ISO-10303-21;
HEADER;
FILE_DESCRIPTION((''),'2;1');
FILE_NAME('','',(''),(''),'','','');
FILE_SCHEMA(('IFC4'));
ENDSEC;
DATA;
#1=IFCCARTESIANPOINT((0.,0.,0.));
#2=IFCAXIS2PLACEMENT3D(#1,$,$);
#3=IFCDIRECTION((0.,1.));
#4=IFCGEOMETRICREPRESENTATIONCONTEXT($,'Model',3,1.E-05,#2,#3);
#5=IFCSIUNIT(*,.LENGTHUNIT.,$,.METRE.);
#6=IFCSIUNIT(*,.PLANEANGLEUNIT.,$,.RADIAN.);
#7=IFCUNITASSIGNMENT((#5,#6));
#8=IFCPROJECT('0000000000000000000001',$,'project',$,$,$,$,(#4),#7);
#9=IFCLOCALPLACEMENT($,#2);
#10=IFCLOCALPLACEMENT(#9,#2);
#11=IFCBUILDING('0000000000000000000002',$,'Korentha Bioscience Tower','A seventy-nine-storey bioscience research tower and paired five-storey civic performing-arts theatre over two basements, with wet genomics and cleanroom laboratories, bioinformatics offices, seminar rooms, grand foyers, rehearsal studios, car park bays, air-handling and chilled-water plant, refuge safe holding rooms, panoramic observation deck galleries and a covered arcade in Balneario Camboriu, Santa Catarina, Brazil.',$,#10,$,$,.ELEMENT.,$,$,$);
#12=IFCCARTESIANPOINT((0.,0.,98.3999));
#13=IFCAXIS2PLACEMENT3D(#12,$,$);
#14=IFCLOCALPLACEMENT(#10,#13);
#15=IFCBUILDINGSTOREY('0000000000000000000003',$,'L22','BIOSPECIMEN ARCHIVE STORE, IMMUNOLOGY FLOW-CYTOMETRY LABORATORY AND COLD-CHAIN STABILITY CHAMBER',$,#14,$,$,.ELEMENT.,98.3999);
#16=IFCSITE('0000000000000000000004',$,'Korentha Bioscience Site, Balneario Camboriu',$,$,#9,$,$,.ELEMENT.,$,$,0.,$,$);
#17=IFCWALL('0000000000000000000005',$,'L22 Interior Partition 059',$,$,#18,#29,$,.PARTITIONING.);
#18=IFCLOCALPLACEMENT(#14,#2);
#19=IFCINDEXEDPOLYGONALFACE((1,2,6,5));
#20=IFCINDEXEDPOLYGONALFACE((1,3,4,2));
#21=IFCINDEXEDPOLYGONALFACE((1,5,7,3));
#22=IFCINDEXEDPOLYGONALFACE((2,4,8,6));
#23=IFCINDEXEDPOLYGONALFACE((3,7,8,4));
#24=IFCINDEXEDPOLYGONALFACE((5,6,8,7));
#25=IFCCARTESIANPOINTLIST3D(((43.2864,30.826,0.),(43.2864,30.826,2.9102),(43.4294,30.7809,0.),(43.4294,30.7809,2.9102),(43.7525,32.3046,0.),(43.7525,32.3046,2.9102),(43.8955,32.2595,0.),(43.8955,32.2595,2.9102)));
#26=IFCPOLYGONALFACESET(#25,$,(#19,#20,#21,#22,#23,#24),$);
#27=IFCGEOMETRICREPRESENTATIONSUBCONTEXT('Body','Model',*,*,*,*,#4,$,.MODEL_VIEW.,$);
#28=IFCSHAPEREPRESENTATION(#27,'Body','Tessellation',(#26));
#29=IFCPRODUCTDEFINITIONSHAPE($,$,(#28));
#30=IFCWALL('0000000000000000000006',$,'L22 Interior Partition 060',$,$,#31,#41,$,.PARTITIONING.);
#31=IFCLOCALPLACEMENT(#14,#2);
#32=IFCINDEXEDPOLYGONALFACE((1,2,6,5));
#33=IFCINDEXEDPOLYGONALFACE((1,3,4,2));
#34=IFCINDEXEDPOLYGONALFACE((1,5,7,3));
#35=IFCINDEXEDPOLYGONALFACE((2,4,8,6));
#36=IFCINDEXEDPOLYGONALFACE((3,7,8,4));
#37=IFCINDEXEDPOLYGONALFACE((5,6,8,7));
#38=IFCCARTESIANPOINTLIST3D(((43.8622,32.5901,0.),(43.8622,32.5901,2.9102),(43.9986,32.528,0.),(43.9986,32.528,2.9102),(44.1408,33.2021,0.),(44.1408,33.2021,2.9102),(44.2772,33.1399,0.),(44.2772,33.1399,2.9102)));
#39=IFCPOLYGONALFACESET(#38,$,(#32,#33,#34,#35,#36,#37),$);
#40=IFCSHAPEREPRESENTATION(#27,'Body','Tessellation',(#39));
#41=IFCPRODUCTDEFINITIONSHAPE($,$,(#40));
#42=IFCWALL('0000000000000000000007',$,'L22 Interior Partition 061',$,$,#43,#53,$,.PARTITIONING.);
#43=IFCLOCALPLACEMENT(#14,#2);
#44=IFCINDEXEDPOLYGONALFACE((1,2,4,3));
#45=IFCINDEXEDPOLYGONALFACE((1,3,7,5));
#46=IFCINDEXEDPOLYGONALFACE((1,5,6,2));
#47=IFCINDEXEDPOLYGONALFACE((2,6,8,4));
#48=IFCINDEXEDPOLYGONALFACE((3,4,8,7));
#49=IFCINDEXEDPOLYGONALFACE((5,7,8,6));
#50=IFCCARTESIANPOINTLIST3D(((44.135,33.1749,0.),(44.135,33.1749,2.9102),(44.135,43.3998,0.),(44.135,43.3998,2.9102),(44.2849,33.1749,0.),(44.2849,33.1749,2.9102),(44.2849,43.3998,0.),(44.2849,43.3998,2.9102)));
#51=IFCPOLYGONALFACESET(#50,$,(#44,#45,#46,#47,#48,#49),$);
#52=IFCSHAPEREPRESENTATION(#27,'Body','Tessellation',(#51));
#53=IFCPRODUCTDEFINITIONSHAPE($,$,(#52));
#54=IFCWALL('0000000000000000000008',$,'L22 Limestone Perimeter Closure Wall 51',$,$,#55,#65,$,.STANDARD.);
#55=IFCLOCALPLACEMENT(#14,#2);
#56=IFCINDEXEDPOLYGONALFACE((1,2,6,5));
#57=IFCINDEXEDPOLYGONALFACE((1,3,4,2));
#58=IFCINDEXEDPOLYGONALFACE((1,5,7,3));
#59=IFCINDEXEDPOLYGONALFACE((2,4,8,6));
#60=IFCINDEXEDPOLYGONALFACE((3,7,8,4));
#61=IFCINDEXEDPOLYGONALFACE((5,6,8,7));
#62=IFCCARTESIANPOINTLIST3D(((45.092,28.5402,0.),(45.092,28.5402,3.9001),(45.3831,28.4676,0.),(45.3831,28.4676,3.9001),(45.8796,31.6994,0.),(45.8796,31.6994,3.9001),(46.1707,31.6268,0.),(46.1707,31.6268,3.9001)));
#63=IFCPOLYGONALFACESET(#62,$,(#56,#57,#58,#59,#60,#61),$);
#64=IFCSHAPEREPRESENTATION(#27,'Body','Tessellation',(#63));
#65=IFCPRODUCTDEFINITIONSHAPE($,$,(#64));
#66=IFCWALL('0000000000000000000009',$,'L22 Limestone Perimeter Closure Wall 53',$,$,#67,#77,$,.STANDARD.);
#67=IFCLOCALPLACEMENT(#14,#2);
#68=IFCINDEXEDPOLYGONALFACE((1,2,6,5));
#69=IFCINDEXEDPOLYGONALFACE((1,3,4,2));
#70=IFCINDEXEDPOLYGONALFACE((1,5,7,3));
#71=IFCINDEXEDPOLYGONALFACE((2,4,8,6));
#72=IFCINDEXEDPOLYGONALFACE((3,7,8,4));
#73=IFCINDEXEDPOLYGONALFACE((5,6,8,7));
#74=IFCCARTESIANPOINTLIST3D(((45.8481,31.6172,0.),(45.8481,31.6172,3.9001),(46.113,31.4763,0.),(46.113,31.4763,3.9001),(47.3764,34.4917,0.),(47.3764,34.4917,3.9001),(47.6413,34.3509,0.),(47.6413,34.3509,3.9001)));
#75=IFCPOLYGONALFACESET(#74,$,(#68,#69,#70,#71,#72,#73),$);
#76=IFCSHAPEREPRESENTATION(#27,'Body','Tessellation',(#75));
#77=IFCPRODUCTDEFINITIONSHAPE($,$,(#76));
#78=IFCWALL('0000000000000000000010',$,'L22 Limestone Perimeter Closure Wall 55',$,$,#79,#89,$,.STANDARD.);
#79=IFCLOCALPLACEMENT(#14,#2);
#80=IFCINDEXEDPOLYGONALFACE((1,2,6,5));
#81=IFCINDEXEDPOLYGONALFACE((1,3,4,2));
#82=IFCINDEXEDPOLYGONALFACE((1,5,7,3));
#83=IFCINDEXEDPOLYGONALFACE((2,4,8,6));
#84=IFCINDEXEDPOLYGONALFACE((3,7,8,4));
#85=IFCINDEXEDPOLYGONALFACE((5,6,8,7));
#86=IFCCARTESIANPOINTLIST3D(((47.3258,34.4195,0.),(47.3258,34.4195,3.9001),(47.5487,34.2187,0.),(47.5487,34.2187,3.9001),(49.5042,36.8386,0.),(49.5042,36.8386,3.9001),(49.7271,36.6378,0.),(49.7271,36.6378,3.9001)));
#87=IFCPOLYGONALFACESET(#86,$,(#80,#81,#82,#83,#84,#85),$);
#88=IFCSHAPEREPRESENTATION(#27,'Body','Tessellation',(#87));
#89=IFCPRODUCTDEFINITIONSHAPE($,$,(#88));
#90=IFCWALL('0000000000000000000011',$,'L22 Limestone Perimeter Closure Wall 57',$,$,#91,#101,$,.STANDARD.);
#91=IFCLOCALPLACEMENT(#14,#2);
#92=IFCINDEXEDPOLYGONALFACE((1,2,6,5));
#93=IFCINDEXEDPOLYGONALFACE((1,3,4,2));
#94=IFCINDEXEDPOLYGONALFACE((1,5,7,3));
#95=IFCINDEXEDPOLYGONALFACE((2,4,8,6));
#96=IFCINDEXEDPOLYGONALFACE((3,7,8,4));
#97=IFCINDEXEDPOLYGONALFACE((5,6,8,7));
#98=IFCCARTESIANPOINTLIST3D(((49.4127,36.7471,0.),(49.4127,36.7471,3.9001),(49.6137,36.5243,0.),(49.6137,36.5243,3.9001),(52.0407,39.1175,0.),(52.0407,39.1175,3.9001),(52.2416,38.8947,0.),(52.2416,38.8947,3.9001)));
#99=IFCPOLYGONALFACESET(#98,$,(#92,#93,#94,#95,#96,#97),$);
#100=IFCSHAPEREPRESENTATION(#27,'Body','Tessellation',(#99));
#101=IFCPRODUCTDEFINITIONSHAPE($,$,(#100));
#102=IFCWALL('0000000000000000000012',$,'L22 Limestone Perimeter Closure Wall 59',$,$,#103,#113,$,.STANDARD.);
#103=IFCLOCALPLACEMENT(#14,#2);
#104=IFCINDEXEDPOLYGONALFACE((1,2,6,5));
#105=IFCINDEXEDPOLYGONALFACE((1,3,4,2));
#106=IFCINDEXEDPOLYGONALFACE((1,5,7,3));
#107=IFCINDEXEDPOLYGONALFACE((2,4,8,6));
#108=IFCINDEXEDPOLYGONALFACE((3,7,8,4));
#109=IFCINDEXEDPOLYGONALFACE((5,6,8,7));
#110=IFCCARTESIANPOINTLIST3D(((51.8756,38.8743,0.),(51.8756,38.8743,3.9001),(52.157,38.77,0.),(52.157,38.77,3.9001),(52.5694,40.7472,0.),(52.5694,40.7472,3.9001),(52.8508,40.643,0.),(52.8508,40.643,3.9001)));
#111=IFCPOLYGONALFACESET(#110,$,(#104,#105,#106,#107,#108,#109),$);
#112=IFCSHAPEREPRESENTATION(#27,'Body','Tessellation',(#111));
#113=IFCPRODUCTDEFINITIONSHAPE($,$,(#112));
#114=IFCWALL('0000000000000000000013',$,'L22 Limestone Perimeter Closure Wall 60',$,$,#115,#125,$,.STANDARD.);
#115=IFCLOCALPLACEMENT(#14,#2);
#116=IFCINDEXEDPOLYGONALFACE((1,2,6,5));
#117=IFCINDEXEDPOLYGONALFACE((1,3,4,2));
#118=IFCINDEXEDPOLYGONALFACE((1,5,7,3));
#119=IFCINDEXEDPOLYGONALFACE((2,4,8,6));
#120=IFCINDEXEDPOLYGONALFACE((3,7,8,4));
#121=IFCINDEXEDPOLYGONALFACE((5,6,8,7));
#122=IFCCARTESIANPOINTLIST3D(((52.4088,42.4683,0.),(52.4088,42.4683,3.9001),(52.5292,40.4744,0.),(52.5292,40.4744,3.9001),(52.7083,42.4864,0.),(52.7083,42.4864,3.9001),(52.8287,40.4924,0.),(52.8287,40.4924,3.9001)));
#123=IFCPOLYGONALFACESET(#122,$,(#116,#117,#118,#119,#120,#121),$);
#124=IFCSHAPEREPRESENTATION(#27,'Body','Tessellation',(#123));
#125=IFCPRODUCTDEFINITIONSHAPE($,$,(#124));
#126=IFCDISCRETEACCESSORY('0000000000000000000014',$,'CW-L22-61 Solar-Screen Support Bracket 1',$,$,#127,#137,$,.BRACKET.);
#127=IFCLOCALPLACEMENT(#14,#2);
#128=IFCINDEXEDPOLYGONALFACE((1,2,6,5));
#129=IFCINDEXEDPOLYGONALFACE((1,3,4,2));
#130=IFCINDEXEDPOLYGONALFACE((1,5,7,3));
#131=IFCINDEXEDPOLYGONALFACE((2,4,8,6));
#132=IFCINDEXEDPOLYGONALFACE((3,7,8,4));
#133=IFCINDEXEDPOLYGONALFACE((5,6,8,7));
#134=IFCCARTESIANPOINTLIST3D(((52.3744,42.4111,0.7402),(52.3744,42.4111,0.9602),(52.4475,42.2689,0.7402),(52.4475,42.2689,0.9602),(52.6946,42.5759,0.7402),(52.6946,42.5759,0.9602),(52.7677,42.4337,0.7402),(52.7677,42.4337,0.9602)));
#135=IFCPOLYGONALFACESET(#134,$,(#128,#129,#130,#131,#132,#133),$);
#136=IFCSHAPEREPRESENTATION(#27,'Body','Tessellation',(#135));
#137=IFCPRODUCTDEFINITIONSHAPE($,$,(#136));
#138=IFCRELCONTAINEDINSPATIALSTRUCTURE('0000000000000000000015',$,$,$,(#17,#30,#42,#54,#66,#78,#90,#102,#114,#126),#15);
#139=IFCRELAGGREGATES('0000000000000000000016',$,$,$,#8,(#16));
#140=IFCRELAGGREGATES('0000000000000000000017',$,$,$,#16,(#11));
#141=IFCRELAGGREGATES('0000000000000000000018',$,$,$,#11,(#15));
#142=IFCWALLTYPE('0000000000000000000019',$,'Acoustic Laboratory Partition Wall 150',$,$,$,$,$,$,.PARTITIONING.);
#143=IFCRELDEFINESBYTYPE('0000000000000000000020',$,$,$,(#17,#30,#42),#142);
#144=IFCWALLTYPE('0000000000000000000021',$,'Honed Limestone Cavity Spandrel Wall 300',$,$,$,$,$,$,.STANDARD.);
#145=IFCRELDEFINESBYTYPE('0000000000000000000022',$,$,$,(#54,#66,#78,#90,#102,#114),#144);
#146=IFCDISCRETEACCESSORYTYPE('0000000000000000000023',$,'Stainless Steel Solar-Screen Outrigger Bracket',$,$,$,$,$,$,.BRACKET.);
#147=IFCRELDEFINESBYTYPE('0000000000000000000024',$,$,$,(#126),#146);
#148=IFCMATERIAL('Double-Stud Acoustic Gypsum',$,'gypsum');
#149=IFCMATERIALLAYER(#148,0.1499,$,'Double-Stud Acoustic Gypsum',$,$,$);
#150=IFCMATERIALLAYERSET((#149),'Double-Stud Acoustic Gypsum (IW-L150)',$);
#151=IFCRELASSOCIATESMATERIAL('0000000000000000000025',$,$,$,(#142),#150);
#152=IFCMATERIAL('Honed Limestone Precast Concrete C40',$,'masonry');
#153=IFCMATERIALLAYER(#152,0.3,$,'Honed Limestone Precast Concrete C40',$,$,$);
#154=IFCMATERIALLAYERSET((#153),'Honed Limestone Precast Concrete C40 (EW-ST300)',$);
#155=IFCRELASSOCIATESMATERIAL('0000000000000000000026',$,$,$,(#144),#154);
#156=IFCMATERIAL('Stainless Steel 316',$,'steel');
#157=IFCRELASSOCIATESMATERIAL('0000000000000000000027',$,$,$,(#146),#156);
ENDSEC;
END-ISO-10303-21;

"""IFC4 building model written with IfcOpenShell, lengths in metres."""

from ifc_helpers import new_model, si_unit, direction, frame, frame_2d, origin, origin_2d, place, context, subcontext, project, spatial, rectangle, extrude, material, layer, layer_set, type_object, element, save


model = new_model("IFC4")

# Units and contexts
model_context = context("Model", 3, precision=1e-05, world=origin(), true_north=direction((0.0, 1.0)))
body_context = subcontext(model_context, "Body", "Model", "MODEL_VIEW")
ifc_project = project(units=[si_unit("LENGTHUNIT", "METRE"), si_unit("PLANEANGLEUNIT", "RADIAN")], contexts=[model_context])

# Site, building, storey
site_placement = place(None, origin())
site = spatial("IfcSite", under=ifc_project, at=site_placement, Name="Korentha Bioscience Site, Balneario Camboriu", CompositionType="ELEMENT", RefElevation=0.0)
building_placement = place(site_placement, origin())
building = spatial("IfcBuilding", under=site, at=building_placement, Name="Korentha Bioscience Tower", Description="A seventy-nine-storey bioscience research tower and paired five-storey civic performing-arts theatre over two basements, with wet genomics and cleanroom laboratories, bioinformatics offices, seminar rooms, grand foyers, rehearsal studios, car park bays, air-handling and chilled-water plant, refuge safe holding rooms, panoramic observation deck galleries and a covered arcade in Balneario Camboriu, Santa Catarina, Brazil.", CompositionType="ELEMENT")
storey_placement = place(building_placement, frame((0.0, 0.0, 98.3999)))
storey = spatial("IfcBuildingStorey", under=building, at=storey_placement, Name="L22", Description="BIOSPECIMEN ARCHIVE STORE, IMMUNOLOGY FLOW-CYTOMETRY LABORATORY AND COLD-CHAIN STABILITY CHAMBER", CompositionType="ELEMENT", Elevation=98.3999)

# Walls
ifc_material_1 = material(Name="Double-Stud Acoustic Gypsum", Category="gypsum")
ifc_layer_1 = layer(ifc_material_1, 0.1499, Name="Double-Stud Acoustic Gypsum")
ifc_layer_set_1 = layer_set([ifc_layer_1], Name="Double-Stud Acoustic Gypsum (IW-L150)")
wall_type_1 = type_object("IfcWallType", Name="Acoustic Laboratory Partition Wall 150", PredefinedType="PARTITIONING", material=ifc_layer_set_1)
wall_1_placement = place(storey_placement, frame((43.3579, 30.8035, 0.0), z_axis=(0.0, 0.0, 1.0), x_axis=(0.300641, 0.953737, 0.0)))
element("IfcWall", 1, at=wall_1_placement, inside=storey, type_object=wall_type_1, Name="L22 Interior Partition 059", PredefinedType="PARTITIONING", context=body_context, shape_type="SweptSolid", body=[
    extrude(rectangle(XDim=1.5503, YDim=0.1499, at=frame_2d((0.7751, 0.0))), origin(), (0.0, 0.0, 1.0), 2.9102),
])
wall_2_placement = place(storey_placement, frame((43.9304, 32.5591, 0.0), z_axis=(0.0, 0.0, 1.0), x_axis=(0.414377, 0.910105, 0.0)))
element("IfcWall", 2, at=wall_2_placement, inside=storey, type_object=wall_type_1, Name="L22 Interior Partition 060", PredefinedType="PARTITIONING", context=body_context, shape_type="SweptSolid", body=[
    extrude(rectangle(XDim=0.6724, YDim=0.1499, at=frame_2d((0.3362, 0.0))), origin(), (0.0, 0.0, 1.0), 2.9102),
])
wall_3_placement = place(storey_placement, frame((44.21, 33.175, 0.0), z_axis=(0.0, 0.0, 1.0), x_axis=(0.0, 1.0, 0.0)))
element("IfcWall", 3, at=wall_3_placement, inside=storey, type_object=wall_type_1, Name="L22 Interior Partition 061", PredefinedType="PARTITIONING", context=body_context, shape_type="SweptSolid", body=[
    extrude(rectangle(XDim=10.2249, YDim=0.1499, at=frame_2d((5.1123, 0.0))), origin(), (0.0, 0.0, 1.0), 2.9102),
])
ifc_material_2 = material(Name="Honed Limestone Precast Concrete C40", Category="masonry")
ifc_layer_2 = layer(ifc_material_2, 0.3, Name="Honed Limestone Precast Concrete C40")
ifc_layer_set_2 = layer_set([ifc_layer_2], Name="Honed Limestone Precast Concrete C40 (EW-ST300)")
wall_type_2 = type_object("IfcWallType", Name="Honed Limestone Cavity Spandrel Wall 300", PredefinedType="STANDARD", material=ifc_layer_set_2)
wall_4_placement = place(storey_placement, frame((45.2375, 28.5039, 0.0), z_axis=(0.0, 0.0, 1.0), x_axis=(0.2419, 0.970301, 0.0)))
element("IfcWall", 4, at=wall_4_placement, inside=storey, type_object=wall_type_2, Name="L22 Limestone Perimeter Closure Wall 51", PredefinedType="STANDARD", context=body_context, shape_type="SweptSolid", body=[
    extrude(rectangle(XDim=3.2559, YDim=0.3, at=frame_2d((1.6279, 0.0))), origin(), (0.0, 0.0, 1.0), 3.9001),
])
wall_5_placement = place(storey_placement, frame((45.9805, 31.5466, 0.0), z_axis=(0.0, 0.0, 1.0), x_axis=(0.469451, 0.882958, 0.0)))
element("IfcWall", 5, at=wall_5_placement, inside=storey, type_object=wall_type_2, Name="L22 Limestone Perimeter Closure Wall 53", PredefinedType="STANDARD", context=body_context, shape_type="SweptSolid", body=[
    extrude(rectangle(XDim=3.2556, YDim=0.3, at=frame_2d((1.6279, 0.0))), origin(), (0.0, 0.0, 1.0), 3.9001),
])
wall_6_placement = place(storey_placement, frame((47.4373, 34.3191, 0.0), z_axis=(0.0, 0.0, 1.0), x_axis=(0.669168, 0.743111, 0.0)))
element("IfcWall", 6, at=wall_6_placement, inside=storey, type_object=wall_type_2, Name="L22 Limestone Perimeter Closure Wall 55", PredefinedType="STANDARD", context=body_context, shape_type="SweptSolid", body=[
    extrude(rectangle(XDim=3.2554, YDim=0.3, at=frame_2d((1.6277, 0.0))), origin(), (0.0, 0.0, 1.0), 3.9001),
])
wall_7_placement = place(storey_placement, frame((49.5132, 36.6357, 0.0), z_axis=(0.0, 0.0, 1.0), x_axis=(0.74256, 0.66978, 0.0)))
element("IfcWall", 7, at=wall_7_placement, inside=storey, type_object=wall_type_2, Name="L22 Limestone Perimeter Closure Wall 57", PredefinedType="STANDARD", context=body_context, shape_type="SweptSolid", body=[
    extrude(rectangle(XDim=3.5391, YDim=0.3, at=frame_2d((1.7695, 0.0))), origin(), (0.0, 0.0, 1.0), 3.9001),
])
wall_8_placement = place(storey_placement, frame((52.0164, 38.8223, 0.0), z_axis=(0.0, 0.0, 1.0), x_axis=(0.34737, 0.937728, 0.0)))
element("IfcWall", 8, at=wall_8_placement, inside=storey, type_object=wall_type_2, Name="L22 Limestone Perimeter Closure Wall 59", PredefinedType="STANDARD", context=body_context, shape_type="SweptSolid", body=[
    extrude(rectangle(XDim=1.9973, YDim=0.3, at=frame_2d((0.9985, 0.0))), origin(), (0.0, 0.0, 1.0), 3.9001),
])
wall_9_placement = place(storey_placement, frame((52.679, 40.4834, 0.0), z_axis=(0.0, 0.0, 1.0), x_axis=(-0.060255, 0.998183, 0.0)))
element("IfcWall", 9, at=wall_9_placement, inside=storey, type_object=wall_type_2, Name="L22 Limestone Perimeter Closure Wall 60", PredefinedType="STANDARD", context=body_context, shape_type="SweptSolid", body=[
    extrude(rectangle(XDim=1.9976, YDim=0.3, at=frame_2d((0.9988, 0.0))), origin(), (0.0, 0.0, 1.0), 3.9001),
])

# Discrete accessory
ifc_material_3 = material(Name="Stainless Steel 316", Category="steel")
discrete_accessory_type = type_object("IfcDiscreteAccessoryType", Name="Stainless Steel Solar-Screen Outrigger Bracket", PredefinedType="BRACKET", material=ifc_material_3)
discrete_accessory_placement = place(storey_placement, frame((52.571, 42.4224, 0.7402), z_axis=(0.0, 0.0, 1.0), x_axis=(-0.457613, 0.889151, 0.0)))
element("IfcDiscreteAccessory", 10, at=discrete_accessory_placement, inside=storey, type_object=discrete_accessory_type, Name="CW-L22-61 Solar-Screen Support Bracket 1", PredefinedType="BRACKET", context=body_context, shape_type="SweptSolid", body=[
    extrude(rectangle(XDim=0.1599, YDim=0.3601, at=origin_2d()), origin(), (0.0, 0.0, 1.0), 0.22),
])

save(model, "model.ifc")
